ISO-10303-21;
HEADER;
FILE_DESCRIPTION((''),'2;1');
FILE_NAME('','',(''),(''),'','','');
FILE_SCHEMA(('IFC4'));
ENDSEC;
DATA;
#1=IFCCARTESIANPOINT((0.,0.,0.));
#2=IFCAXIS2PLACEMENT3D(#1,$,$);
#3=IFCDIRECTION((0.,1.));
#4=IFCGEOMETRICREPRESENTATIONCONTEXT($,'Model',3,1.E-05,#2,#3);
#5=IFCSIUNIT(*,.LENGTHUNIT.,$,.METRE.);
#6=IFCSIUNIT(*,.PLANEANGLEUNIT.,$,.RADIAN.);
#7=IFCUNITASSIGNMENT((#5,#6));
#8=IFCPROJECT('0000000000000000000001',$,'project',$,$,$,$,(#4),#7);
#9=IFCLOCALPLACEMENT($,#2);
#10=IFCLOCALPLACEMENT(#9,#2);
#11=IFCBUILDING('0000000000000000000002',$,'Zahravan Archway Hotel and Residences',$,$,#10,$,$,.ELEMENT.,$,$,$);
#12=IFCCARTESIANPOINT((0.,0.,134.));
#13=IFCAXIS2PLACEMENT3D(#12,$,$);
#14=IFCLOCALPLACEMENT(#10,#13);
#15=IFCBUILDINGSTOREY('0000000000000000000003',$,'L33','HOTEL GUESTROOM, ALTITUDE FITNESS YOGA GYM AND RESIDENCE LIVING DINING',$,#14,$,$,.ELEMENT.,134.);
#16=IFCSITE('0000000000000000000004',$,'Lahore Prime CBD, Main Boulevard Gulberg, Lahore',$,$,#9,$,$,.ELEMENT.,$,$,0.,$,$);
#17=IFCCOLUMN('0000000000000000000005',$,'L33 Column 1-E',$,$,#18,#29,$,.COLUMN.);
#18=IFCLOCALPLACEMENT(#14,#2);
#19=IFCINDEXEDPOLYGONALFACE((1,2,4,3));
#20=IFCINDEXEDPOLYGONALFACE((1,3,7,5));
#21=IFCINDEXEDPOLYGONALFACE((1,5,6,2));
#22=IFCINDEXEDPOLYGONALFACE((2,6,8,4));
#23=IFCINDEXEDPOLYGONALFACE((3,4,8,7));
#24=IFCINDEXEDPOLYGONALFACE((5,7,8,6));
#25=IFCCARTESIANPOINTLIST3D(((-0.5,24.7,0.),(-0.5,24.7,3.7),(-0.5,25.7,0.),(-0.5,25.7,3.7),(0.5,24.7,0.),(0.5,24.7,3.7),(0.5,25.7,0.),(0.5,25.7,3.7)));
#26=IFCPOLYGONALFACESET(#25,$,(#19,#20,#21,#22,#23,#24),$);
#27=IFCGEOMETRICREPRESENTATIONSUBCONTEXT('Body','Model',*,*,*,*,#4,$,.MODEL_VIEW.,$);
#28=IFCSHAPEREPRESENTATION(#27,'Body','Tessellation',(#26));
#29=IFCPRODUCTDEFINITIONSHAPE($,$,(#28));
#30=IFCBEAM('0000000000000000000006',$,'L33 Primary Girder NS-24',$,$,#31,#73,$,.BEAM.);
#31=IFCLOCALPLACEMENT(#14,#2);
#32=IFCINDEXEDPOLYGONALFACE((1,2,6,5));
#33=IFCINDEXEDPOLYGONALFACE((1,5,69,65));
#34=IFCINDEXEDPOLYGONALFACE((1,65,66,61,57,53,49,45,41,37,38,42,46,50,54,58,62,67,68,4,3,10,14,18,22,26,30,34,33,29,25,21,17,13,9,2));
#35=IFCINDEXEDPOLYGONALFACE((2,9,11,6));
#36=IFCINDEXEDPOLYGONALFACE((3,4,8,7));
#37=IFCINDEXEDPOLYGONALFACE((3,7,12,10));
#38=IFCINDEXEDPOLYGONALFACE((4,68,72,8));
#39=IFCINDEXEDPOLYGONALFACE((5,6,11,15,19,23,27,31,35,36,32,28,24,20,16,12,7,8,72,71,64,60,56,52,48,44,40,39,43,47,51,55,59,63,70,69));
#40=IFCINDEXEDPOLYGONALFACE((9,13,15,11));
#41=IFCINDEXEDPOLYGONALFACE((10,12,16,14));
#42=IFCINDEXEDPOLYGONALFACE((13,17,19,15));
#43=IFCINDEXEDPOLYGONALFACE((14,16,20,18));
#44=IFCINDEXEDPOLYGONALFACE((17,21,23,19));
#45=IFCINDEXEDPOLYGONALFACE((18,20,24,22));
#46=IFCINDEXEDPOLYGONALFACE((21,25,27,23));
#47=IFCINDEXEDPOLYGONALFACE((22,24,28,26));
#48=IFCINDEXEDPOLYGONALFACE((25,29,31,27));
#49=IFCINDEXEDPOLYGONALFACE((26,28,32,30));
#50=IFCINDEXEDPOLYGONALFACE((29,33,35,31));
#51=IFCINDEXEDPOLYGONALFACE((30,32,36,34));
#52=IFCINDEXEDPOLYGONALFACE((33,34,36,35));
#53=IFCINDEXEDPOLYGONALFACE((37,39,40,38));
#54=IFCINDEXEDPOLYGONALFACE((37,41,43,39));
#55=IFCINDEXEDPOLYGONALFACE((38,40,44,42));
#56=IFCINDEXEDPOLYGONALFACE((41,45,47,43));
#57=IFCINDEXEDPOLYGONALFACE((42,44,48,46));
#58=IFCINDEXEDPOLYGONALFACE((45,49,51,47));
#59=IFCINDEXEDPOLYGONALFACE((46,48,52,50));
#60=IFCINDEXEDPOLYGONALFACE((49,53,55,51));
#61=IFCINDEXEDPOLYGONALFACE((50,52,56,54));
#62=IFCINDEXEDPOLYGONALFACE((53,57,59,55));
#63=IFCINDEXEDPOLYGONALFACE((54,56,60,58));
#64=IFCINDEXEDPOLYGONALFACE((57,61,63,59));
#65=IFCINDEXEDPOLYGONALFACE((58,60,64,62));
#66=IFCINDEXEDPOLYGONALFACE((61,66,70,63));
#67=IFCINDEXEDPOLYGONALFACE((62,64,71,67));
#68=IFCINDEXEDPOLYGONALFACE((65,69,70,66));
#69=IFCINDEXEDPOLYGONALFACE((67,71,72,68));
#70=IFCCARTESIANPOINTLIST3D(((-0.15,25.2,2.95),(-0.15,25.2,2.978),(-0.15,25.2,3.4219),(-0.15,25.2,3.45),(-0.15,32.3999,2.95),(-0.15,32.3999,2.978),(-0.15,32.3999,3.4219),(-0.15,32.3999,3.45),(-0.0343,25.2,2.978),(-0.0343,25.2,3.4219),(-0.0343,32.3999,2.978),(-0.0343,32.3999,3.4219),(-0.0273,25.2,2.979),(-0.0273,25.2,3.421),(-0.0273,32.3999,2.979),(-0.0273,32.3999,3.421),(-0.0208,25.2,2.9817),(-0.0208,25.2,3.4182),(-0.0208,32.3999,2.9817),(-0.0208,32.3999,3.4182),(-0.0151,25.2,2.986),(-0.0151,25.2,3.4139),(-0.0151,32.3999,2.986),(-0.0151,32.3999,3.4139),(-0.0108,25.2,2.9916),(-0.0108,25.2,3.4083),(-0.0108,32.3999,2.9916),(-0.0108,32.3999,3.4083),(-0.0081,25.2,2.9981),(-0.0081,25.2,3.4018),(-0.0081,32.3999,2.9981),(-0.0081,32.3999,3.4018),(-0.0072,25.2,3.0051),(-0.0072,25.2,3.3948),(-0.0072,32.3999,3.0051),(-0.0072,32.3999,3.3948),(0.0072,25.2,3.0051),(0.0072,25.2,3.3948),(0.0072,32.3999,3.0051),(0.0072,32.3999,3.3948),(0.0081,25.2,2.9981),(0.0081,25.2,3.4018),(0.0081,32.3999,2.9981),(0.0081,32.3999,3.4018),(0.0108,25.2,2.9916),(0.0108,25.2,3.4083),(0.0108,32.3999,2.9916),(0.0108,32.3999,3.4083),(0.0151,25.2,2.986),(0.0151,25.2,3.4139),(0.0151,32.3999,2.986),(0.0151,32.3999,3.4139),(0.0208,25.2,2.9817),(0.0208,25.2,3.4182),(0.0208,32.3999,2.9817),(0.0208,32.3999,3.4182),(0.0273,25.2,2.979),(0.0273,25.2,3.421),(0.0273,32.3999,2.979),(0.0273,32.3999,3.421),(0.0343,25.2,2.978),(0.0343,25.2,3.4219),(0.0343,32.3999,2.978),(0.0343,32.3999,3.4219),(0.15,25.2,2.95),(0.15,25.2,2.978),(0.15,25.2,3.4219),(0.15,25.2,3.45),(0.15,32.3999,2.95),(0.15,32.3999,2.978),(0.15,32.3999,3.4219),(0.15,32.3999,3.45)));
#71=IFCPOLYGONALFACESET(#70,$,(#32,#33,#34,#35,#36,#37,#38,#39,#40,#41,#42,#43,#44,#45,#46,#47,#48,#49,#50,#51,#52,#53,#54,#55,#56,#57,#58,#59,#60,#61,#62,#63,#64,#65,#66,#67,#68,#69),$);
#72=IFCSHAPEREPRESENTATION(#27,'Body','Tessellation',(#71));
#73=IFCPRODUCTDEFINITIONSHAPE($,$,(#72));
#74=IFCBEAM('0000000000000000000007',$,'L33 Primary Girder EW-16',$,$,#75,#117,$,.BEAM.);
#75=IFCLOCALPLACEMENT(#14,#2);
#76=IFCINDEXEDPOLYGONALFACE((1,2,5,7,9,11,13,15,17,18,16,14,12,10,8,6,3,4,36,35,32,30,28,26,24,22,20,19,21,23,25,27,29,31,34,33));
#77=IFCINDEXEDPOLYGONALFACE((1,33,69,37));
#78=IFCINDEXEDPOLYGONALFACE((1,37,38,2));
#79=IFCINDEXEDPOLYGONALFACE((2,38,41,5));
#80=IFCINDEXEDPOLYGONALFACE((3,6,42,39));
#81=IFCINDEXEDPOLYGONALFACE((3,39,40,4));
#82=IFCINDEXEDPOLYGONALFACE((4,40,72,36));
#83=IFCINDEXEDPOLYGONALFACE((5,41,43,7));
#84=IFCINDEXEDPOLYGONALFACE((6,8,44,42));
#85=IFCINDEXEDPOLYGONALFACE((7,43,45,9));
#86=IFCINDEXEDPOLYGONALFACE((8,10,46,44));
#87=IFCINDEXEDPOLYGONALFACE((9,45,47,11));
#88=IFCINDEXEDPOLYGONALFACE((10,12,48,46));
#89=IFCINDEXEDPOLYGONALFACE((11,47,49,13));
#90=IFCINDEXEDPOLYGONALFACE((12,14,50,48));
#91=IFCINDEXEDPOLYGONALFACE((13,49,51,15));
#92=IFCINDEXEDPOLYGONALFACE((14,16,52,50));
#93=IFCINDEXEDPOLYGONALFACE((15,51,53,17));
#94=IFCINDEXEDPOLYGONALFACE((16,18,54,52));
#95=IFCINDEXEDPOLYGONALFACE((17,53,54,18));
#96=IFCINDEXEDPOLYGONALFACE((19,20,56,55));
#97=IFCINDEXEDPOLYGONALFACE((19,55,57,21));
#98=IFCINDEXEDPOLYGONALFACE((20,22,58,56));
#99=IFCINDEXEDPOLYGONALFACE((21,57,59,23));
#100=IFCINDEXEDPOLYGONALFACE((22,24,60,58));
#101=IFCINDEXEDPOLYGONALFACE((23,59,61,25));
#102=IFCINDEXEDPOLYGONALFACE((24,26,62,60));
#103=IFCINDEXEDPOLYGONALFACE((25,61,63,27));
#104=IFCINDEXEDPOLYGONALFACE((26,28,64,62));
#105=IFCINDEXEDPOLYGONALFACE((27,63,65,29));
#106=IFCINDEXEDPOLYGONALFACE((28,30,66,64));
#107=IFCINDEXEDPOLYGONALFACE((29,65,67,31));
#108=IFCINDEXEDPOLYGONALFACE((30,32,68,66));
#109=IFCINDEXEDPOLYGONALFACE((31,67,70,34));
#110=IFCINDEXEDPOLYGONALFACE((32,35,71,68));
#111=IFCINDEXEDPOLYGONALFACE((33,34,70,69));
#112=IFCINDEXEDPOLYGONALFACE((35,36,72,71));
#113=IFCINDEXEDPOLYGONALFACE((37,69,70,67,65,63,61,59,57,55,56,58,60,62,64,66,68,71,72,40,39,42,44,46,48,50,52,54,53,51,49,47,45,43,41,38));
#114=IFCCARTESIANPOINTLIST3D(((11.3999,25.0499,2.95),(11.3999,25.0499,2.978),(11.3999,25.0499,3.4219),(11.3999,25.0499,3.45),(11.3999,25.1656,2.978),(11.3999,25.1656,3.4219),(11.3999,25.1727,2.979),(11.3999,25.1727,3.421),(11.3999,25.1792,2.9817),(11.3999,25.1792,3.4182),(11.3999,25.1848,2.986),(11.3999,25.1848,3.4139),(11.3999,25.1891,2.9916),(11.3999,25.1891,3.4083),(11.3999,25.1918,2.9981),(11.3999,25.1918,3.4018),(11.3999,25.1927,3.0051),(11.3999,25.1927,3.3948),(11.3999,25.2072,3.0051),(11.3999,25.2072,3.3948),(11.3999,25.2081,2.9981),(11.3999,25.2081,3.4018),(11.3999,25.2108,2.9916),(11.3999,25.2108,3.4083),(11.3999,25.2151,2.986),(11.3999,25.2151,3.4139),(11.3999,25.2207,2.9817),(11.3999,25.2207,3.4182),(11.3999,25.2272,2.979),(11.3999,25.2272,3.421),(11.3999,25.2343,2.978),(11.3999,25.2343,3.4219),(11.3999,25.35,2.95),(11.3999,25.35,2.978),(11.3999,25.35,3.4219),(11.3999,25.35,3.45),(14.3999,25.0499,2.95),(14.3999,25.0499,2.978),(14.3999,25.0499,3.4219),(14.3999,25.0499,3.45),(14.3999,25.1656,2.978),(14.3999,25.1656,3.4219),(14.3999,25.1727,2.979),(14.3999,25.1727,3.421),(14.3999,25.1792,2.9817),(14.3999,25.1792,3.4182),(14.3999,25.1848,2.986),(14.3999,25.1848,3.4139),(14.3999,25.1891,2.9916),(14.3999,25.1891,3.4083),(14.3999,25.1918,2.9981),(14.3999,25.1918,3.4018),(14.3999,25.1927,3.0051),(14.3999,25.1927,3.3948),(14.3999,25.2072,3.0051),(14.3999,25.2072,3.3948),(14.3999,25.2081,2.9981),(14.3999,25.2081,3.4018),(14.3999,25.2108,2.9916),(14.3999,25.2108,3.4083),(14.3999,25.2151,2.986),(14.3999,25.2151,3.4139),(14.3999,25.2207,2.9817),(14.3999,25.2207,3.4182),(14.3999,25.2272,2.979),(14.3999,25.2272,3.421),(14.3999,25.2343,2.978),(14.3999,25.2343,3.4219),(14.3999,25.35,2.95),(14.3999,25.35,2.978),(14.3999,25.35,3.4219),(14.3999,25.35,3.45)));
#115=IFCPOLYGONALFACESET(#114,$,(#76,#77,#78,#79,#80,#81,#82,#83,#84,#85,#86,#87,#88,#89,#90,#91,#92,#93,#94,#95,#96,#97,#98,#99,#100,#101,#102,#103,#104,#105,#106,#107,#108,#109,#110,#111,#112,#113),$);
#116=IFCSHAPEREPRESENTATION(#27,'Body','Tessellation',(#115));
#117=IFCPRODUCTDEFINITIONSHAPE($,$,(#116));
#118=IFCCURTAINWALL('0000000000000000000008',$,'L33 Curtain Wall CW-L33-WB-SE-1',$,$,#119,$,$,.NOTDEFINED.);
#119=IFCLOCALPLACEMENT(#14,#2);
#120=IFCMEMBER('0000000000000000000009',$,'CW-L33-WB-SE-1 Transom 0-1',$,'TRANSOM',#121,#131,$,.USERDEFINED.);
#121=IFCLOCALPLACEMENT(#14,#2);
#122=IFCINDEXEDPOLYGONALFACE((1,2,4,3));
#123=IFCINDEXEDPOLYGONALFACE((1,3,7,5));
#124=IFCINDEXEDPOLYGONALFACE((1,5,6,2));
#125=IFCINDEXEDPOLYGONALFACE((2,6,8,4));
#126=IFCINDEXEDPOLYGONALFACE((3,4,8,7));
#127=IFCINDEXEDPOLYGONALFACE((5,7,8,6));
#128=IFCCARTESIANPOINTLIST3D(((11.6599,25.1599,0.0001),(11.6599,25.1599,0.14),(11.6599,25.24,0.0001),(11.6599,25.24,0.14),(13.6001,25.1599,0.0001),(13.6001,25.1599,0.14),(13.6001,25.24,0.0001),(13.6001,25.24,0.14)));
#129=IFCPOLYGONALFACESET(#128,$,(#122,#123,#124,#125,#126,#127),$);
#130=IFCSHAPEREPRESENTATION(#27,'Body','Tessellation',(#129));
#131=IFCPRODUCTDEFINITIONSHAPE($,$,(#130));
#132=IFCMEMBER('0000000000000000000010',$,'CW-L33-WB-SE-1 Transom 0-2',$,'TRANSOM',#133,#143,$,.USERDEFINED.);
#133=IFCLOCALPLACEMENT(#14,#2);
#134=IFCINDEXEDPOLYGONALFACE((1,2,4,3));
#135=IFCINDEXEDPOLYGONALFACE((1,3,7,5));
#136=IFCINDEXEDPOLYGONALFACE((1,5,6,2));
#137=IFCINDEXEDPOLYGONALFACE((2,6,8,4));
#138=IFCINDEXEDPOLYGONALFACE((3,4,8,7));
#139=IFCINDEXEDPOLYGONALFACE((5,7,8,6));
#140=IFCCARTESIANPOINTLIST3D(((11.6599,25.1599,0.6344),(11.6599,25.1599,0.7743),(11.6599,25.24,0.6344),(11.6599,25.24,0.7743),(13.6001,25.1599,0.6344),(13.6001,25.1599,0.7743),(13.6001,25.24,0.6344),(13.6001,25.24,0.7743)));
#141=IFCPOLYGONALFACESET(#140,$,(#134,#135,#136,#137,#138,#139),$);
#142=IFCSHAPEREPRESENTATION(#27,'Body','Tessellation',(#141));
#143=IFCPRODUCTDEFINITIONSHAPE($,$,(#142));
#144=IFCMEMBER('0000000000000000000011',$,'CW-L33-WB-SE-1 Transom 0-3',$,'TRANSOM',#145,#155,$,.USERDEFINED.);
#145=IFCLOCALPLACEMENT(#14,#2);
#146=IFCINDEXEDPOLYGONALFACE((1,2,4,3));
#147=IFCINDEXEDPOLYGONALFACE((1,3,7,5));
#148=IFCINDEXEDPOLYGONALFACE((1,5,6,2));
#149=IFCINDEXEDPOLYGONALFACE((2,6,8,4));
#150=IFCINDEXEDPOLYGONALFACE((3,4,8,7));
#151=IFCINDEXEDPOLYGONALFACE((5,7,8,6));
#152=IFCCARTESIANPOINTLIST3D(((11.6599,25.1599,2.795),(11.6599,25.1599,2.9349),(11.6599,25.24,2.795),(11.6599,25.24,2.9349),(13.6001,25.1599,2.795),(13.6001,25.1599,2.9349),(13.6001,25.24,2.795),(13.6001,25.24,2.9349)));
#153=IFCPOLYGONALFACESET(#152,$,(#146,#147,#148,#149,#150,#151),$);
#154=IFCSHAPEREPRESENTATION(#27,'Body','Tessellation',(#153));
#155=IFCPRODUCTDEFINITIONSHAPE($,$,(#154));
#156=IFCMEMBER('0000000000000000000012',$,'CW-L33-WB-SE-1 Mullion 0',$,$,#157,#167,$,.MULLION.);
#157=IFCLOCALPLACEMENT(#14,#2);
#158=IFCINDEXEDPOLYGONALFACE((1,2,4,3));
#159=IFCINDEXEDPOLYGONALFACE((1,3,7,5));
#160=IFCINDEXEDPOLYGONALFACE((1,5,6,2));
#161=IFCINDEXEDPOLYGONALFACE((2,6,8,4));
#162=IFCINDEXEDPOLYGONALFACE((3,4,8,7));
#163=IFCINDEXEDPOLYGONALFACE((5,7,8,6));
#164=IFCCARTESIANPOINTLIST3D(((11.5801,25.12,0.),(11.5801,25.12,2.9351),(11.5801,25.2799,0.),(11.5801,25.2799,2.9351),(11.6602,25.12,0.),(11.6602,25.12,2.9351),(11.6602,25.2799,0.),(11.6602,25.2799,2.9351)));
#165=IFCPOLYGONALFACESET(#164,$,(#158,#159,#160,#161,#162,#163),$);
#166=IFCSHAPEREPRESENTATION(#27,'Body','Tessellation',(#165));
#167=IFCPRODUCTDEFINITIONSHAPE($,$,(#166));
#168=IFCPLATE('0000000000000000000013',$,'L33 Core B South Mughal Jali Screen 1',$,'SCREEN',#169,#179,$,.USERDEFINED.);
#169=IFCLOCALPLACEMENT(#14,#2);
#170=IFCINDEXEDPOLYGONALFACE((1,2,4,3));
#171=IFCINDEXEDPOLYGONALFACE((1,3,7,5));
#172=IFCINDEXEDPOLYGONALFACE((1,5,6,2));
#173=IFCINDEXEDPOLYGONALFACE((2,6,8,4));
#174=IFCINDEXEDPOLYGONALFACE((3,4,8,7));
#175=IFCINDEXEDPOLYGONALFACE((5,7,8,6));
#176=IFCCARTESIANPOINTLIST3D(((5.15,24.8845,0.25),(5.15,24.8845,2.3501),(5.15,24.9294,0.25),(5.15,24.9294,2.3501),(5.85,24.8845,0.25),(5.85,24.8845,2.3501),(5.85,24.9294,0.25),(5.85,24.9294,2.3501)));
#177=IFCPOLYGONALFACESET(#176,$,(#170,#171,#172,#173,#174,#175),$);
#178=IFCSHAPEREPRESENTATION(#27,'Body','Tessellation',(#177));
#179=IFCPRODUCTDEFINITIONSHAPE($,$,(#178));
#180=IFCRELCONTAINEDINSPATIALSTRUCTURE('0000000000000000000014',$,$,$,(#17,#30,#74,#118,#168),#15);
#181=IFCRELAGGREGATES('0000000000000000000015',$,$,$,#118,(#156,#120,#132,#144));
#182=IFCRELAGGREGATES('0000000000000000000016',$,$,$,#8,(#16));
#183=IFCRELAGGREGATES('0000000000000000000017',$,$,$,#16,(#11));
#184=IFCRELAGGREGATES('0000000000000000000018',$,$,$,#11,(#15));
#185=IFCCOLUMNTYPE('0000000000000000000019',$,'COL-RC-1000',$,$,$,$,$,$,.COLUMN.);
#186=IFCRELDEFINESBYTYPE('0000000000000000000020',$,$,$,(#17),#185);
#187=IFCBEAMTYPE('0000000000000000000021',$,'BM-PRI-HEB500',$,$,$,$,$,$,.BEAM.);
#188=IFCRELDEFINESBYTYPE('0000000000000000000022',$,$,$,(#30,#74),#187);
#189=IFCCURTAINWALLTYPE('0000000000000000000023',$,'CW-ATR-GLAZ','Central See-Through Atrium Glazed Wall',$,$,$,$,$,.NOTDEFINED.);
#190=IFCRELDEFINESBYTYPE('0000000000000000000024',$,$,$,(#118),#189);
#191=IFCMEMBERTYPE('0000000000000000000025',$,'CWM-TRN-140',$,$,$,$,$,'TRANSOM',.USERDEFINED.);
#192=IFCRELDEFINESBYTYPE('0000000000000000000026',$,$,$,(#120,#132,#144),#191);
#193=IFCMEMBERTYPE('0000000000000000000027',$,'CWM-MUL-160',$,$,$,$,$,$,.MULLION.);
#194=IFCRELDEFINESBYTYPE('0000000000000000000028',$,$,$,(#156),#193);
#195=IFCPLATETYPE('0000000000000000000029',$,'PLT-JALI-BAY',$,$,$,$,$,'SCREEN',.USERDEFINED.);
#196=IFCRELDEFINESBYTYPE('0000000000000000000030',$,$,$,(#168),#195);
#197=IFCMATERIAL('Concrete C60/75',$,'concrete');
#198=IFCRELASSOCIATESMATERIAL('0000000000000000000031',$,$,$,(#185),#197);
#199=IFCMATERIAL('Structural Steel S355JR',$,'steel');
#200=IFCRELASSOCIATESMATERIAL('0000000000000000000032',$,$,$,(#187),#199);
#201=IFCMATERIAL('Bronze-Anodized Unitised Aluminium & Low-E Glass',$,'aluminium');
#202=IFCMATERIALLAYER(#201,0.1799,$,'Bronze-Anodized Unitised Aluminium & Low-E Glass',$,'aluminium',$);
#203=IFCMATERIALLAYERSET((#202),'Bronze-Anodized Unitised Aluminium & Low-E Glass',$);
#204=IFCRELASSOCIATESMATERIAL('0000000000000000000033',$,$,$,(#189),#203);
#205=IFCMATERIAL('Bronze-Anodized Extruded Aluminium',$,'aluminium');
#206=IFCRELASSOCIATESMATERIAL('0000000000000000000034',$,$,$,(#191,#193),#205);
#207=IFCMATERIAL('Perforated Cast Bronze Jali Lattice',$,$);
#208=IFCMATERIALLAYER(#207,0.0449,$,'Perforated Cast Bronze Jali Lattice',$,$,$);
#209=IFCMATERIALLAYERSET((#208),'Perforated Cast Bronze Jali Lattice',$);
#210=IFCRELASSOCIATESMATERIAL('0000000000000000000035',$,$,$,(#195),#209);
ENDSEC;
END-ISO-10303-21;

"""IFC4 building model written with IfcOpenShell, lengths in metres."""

from ifc_helpers import new_model, si_unit, direction, frame, origin, origin_2d, place, context, subcontext, project, spatial, rectangle, i_section, extrude, source, transform, mapped, material, layer, layer_set, material_profile, profile_set, type_object, type_shapes, element, aggregate, save


model = new_model("IFC4")

# Units and contexts
model_context = context("Model", 3, precision=1e-05, world=origin(), true_north=direction((0.0, 1.0)))
body_context = subcontext(model_context, "Body", "Model", "MODEL_VIEW")
ifc_project = project(units=[si_unit("LENGTHUNIT", "METRE"), si_unit("PLANEANGLEUNIT", "RADIAN")], contexts=[model_context])

# Site, building, storey
site_placement = place(None, origin())
site = spatial("IfcSite", under=ifc_project, at=site_placement, Name="Lahore Prime CBD, Main Boulevard Gulberg, Lahore", CompositionType="ELEMENT", RefElevation=0.0)
building_placement = place(site_placement, origin())
building = spatial("IfcBuilding", under=site, at=building_placement, Name="Zahravan Archway Hotel and Residences", CompositionType="ELEMENT")
storey_placement = place(building_placement, frame((0.0, 0.0, 134.0)))
storey = spatial("IfcBuildingStorey", under=building, at=storey_placement, Name="L33", Description="HOTEL GUESTROOM, ALTITUDE FITNESS YOGA GYM AND RESIDENCE LIVING DINING", CompositionType="ELEMENT", Elevation=134.0)

# Column
ifc_material_1 = material(Name="Concrete C60/75", Category="concrete")
ifc_material_profile_1 = material_profile(ifc_material_1, rectangle(XDim=1.0, YDim=1.0, at=origin_2d()), Name="RC-COL-1000x1000", Category="concrete")
ifc_profile_set_1 = profile_set([ifc_material_profile_1], Name="Concrete C60/75")
column_type = type_object("IfcColumnType", Name="COL-RC-1000", PredefinedType="COLUMN", material=ifc_profile_set_1)
shared_shape_1 = source(origin(), body_context, "Body", "SweptSolid", [
    extrude(rectangle(XDim=1.0, YDim=1.0, at=origin_2d()), origin(), (0.0, 0.0, 1.0), 3.7),
])
type_shapes(column_type, [shared_shape_1])
column_placement = place(storey_placement, frame((0.0, 25.2, 0.0), z_axis=(0.0, 0.0, 1.0), x_axis=(1.0, 0.0, 0.0)))
element("IfcColumn", 1, at=column_placement, inside=storey, type_object=column_type, Name="L33 Column 1-E", PredefinedType="COLUMN", context=body_context, shape_type="MappedRepresentation", body=[
    mapped(shared_shape_1, transform((0.0, 0.0, 0.0), scale=1.0)),
])

# Beams
ifc_material_2 = material(Name="Structural Steel S355JR", Category="steel")
ifc_material_profile_2 = material_profile(ifc_material_2, i_section(OverallWidth=0.3, OverallDepth=0.5, WebThickness=0.0144, FlangeThickness=0.0281, FilletRadius=0.0271, at=origin_2d()), Name="HEB 500", Category="steel")
ifc_profile_set_2 = profile_set([ifc_material_profile_2], Name="Structural Steel S355JR")
beam_type = type_object("IfcBeamType", Name="BM-PRI-HEB500", PredefinedType="BEAM", material=ifc_profile_set_2)
shared_shape_2 = source(origin(), body_context, "Body", "SweptSolid", [
    extrude(i_section(OverallWidth=0.3, OverallDepth=0.5, WebThickness=0.0144, FlangeThickness=0.0281, FilletRadius=0.0271, at=origin_2d()), origin(), (0.0, 0.0, 1.0), 7.2),
])
beam_1_placement = place(storey_placement, frame((0.0, 25.2, 3.2), z_axis=(0.0, 1.0, 0.0), x_axis=(-1.0, 0.0, 0.0)))
element("IfcBeam", 2, at=beam_1_placement, inside=storey, type_object=beam_type, Name="L33 Primary Girder NS-24", PredefinedType="BEAM", context=body_context, shape_type="MappedRepresentation", body=[
    mapped(shared_shape_2, transform((0.0, 0.0, 0.0), scale=1.0)),
])
shared_shape_3 = source(origin(), body_context, "Body", "SweptSolid", [
    extrude(i_section(OverallWidth=0.3, OverallDepth=0.5, WebThickness=0.0144, FlangeThickness=0.0281, FilletRadius=0.0271, at=origin_2d()), origin(), (0.0, 0.0, 1.0), 3.0),
])
beam_2_placement = place(storey_placement, frame((11.3999, 25.2, 3.2), z_axis=(1.0, 0.0, 0.0), x_axis=(0.0, 1.0, 0.0)))
element("IfcBeam", 3, at=beam_2_placement, inside=storey, type_object=beam_type, Name="L33 Primary Girder EW-16", PredefinedType="BEAM", context=body_context, shape_type="MappedRepresentation", body=[
    mapped(shared_shape_3, transform((0.0, 0.0, 0.0), scale=1.0)),
])

# Curtain wall, members
ifc_material_3 = material(Name="Bronze-Anodized Unitised Aluminium & Low-E Glass", Category="aluminium")
ifc_layer_1 = layer(ifc_material_3, 0.1799, Name="Bronze-Anodized Unitised Aluminium & Low-E Glass", Category="aluminium")
ifc_layer_set_1 = layer_set([ifc_layer_1], Name="Bronze-Anodized Unitised Aluminium & Low-E Glass")
curtain_wall_type = type_object("IfcCurtainWallType", Name="CW-ATR-GLAZ", Description="Central See-Through Atrium Glazed Wall", PredefinedType="NOTDEFINED", material=ifc_layer_set_1)
curtain_wall_placement = place(storey_placement, origin())
curtain_wall = element("IfcCurtainWall", 4, at=curtain_wall_placement, inside=storey, type_object=curtain_wall_type, Name="L33 Curtain Wall CW-L33-WB-SE-1", PredefinedType="NOTDEFINED")
ifc_material_4 = material(Name="Bronze-Anodized Extruded Aluminium", Category="aluminium")
ifc_material_profile_3 = material_profile(ifc_material_4, rectangle(XDim=0.0801, YDim=0.1399, at=origin_2d()), Name="TRN 80x140", Category="aluminium")
ifc_profile_set_3 = profile_set([ifc_material_profile_3], Name="Bronze-Anodized Extruded Aluminium")
member_type_1 = type_object("IfcMemberType", Name="CWM-TRN-140", ElementType="TRANSOM", PredefinedType="USERDEFINED", material=ifc_profile_set_3)
shared_shape_4 = source(origin(), body_context, "Body", "SweptSolid", [
    extrude(rectangle(XDim=0.0801, YDim=0.1399, at=origin_2d()), origin(), (0.0, 0.0, 1.0), 1.9402),
])
member_1_placement = place(storey_placement, frame((11.6599, 25.2, 0.0701), z_axis=(1.0, 0.0, 0.0), x_axis=(0.0, 1.0, 0.0)))
member_1 = element("IfcMember", 5, at=member_1_placement, type_object=member_type_1, Name="CW-L33-WB-SE-1 Transom 0-1", ObjectType="TRANSOM", PredefinedType="USERDEFINED", context=body_context, shape_type="MappedRepresentation", body=[
    mapped(shared_shape_4, transform((0.0, 0.0, 0.0), scale=1.0)),
])
member_2_placement = place(storey_placement, frame((11.6599, 25.2, 0.7043), z_axis=(1.0, 0.0, 0.0), x_axis=(0.0, 1.0, 0.0)))
member_2 = element("IfcMember", 6, at=member_2_placement, type_object=member_type_1, Name="CW-L33-WB-SE-1 Transom 0-2", ObjectType="TRANSOM", PredefinedType="USERDEFINED", context=body_context, shape_type="MappedRepresentation", body=[
    mapped(shared_shape_4, transform((0.0, 0.0, 0.0), scale=1.0)),
])
member_3_placement = place(storey_placement, frame((11.6599, 25.2, 2.865), z_axis=(1.0, 0.0, 0.0), x_axis=(0.0, 1.0, 0.0)))
member_3 = element("IfcMember", 7, at=member_3_placement, type_object=member_type_1, Name="CW-L33-WB-SE-1 Transom 0-3", ObjectType="TRANSOM", PredefinedType="USERDEFINED", context=body_context, shape_type="MappedRepresentation", body=[
    mapped(shared_shape_4, transform((0.0, 0.0, 0.0), scale=1.0)),
])
ifc_material_profile_4 = material_profile(ifc_material_4, rectangle(XDim=0.0801, YDim=0.1599, at=origin_2d()), Name="MUL 80x160", Category="aluminium")
ifc_profile_set_4 = profile_set([ifc_material_profile_4], Name="Bronze-Anodized Extruded Aluminium")
member_type_2 = type_object("IfcMemberType", Name="CWM-MUL-160", PredefinedType="MULLION", material=ifc_profile_set_4)
shared_shape_5 = source(origin(), body_context, "Body", "SweptSolid", [
    extrude(rectangle(XDim=0.0801, YDim=0.1599, at=origin_2d()), origin(), (0.0, 0.0, 1.0), 2.9351),
])
member_4_placement = place(storey_placement, frame((11.6201, 25.2, 0.0), z_axis=(0.0, 0.0, 1.0), x_axis=(1.0, 0.0, 0.0)))
member_4 = element("IfcMember", 8, at=member_4_placement, type_object=member_type_2, Name="CW-L33-WB-SE-1 Mullion 0", PredefinedType="MULLION", context=body_context, shape_type="MappedRepresentation", body=[
    mapped(shared_shape_5, transform((0.0, 0.0, 0.0), scale=1.0)),
])

# Plate
ifc_material_5 = material(Name="Perforated Cast Bronze Jali Lattice")
ifc_layer_2 = layer(ifc_material_5, 0.0449, Name="Perforated Cast Bronze Jali Lattice")
ifc_layer_set_2 = layer_set([ifc_layer_2], Name="Perforated Cast Bronze Jali Lattice")
plate_type_1 = type_object("IfcPlateType", Name="PLT-JALI-BAY", ElementType="SCREEN", PredefinedType="USERDEFINED", material=ifc_layer_set_2)
shared_shape_6 = source(origin(), body_context, "Body", "SweptSolid", [
    extrude(rectangle(XDim=0.7, YDim=0.0449, at=origin_2d()), origin(), (0.0, 0.0, 1.0), 2.1001),
])
type_shapes(plate_type_1, [shared_shape_6])
for number, where, z_axis, x_axis, name in (
    (9, (5.5, 24.907, 0.25), (0.0, 0.0, 1.0), (1.0, 0.0, 0.0), "L33 Core B South Mughal Jali Screen 1"),
):
    element("IfcPlate", number, at=place(storey_placement, frame(where, z_axis=z_axis, x_axis=x_axis)), inside=storey, type_object=plate_type_1, Name=name, ObjectType="SCREEN", PredefinedType="USERDEFINED", context=body_context, shape_type="MappedRepresentation", body=[
        mapped(shared_shape_6, transform((0.0, 0.0, 0.0), scale=1.0)),
    ])

aggregate(curtain_wall, [member_4, member_1, member_2, member_3])

save(model, "model.ifc")
